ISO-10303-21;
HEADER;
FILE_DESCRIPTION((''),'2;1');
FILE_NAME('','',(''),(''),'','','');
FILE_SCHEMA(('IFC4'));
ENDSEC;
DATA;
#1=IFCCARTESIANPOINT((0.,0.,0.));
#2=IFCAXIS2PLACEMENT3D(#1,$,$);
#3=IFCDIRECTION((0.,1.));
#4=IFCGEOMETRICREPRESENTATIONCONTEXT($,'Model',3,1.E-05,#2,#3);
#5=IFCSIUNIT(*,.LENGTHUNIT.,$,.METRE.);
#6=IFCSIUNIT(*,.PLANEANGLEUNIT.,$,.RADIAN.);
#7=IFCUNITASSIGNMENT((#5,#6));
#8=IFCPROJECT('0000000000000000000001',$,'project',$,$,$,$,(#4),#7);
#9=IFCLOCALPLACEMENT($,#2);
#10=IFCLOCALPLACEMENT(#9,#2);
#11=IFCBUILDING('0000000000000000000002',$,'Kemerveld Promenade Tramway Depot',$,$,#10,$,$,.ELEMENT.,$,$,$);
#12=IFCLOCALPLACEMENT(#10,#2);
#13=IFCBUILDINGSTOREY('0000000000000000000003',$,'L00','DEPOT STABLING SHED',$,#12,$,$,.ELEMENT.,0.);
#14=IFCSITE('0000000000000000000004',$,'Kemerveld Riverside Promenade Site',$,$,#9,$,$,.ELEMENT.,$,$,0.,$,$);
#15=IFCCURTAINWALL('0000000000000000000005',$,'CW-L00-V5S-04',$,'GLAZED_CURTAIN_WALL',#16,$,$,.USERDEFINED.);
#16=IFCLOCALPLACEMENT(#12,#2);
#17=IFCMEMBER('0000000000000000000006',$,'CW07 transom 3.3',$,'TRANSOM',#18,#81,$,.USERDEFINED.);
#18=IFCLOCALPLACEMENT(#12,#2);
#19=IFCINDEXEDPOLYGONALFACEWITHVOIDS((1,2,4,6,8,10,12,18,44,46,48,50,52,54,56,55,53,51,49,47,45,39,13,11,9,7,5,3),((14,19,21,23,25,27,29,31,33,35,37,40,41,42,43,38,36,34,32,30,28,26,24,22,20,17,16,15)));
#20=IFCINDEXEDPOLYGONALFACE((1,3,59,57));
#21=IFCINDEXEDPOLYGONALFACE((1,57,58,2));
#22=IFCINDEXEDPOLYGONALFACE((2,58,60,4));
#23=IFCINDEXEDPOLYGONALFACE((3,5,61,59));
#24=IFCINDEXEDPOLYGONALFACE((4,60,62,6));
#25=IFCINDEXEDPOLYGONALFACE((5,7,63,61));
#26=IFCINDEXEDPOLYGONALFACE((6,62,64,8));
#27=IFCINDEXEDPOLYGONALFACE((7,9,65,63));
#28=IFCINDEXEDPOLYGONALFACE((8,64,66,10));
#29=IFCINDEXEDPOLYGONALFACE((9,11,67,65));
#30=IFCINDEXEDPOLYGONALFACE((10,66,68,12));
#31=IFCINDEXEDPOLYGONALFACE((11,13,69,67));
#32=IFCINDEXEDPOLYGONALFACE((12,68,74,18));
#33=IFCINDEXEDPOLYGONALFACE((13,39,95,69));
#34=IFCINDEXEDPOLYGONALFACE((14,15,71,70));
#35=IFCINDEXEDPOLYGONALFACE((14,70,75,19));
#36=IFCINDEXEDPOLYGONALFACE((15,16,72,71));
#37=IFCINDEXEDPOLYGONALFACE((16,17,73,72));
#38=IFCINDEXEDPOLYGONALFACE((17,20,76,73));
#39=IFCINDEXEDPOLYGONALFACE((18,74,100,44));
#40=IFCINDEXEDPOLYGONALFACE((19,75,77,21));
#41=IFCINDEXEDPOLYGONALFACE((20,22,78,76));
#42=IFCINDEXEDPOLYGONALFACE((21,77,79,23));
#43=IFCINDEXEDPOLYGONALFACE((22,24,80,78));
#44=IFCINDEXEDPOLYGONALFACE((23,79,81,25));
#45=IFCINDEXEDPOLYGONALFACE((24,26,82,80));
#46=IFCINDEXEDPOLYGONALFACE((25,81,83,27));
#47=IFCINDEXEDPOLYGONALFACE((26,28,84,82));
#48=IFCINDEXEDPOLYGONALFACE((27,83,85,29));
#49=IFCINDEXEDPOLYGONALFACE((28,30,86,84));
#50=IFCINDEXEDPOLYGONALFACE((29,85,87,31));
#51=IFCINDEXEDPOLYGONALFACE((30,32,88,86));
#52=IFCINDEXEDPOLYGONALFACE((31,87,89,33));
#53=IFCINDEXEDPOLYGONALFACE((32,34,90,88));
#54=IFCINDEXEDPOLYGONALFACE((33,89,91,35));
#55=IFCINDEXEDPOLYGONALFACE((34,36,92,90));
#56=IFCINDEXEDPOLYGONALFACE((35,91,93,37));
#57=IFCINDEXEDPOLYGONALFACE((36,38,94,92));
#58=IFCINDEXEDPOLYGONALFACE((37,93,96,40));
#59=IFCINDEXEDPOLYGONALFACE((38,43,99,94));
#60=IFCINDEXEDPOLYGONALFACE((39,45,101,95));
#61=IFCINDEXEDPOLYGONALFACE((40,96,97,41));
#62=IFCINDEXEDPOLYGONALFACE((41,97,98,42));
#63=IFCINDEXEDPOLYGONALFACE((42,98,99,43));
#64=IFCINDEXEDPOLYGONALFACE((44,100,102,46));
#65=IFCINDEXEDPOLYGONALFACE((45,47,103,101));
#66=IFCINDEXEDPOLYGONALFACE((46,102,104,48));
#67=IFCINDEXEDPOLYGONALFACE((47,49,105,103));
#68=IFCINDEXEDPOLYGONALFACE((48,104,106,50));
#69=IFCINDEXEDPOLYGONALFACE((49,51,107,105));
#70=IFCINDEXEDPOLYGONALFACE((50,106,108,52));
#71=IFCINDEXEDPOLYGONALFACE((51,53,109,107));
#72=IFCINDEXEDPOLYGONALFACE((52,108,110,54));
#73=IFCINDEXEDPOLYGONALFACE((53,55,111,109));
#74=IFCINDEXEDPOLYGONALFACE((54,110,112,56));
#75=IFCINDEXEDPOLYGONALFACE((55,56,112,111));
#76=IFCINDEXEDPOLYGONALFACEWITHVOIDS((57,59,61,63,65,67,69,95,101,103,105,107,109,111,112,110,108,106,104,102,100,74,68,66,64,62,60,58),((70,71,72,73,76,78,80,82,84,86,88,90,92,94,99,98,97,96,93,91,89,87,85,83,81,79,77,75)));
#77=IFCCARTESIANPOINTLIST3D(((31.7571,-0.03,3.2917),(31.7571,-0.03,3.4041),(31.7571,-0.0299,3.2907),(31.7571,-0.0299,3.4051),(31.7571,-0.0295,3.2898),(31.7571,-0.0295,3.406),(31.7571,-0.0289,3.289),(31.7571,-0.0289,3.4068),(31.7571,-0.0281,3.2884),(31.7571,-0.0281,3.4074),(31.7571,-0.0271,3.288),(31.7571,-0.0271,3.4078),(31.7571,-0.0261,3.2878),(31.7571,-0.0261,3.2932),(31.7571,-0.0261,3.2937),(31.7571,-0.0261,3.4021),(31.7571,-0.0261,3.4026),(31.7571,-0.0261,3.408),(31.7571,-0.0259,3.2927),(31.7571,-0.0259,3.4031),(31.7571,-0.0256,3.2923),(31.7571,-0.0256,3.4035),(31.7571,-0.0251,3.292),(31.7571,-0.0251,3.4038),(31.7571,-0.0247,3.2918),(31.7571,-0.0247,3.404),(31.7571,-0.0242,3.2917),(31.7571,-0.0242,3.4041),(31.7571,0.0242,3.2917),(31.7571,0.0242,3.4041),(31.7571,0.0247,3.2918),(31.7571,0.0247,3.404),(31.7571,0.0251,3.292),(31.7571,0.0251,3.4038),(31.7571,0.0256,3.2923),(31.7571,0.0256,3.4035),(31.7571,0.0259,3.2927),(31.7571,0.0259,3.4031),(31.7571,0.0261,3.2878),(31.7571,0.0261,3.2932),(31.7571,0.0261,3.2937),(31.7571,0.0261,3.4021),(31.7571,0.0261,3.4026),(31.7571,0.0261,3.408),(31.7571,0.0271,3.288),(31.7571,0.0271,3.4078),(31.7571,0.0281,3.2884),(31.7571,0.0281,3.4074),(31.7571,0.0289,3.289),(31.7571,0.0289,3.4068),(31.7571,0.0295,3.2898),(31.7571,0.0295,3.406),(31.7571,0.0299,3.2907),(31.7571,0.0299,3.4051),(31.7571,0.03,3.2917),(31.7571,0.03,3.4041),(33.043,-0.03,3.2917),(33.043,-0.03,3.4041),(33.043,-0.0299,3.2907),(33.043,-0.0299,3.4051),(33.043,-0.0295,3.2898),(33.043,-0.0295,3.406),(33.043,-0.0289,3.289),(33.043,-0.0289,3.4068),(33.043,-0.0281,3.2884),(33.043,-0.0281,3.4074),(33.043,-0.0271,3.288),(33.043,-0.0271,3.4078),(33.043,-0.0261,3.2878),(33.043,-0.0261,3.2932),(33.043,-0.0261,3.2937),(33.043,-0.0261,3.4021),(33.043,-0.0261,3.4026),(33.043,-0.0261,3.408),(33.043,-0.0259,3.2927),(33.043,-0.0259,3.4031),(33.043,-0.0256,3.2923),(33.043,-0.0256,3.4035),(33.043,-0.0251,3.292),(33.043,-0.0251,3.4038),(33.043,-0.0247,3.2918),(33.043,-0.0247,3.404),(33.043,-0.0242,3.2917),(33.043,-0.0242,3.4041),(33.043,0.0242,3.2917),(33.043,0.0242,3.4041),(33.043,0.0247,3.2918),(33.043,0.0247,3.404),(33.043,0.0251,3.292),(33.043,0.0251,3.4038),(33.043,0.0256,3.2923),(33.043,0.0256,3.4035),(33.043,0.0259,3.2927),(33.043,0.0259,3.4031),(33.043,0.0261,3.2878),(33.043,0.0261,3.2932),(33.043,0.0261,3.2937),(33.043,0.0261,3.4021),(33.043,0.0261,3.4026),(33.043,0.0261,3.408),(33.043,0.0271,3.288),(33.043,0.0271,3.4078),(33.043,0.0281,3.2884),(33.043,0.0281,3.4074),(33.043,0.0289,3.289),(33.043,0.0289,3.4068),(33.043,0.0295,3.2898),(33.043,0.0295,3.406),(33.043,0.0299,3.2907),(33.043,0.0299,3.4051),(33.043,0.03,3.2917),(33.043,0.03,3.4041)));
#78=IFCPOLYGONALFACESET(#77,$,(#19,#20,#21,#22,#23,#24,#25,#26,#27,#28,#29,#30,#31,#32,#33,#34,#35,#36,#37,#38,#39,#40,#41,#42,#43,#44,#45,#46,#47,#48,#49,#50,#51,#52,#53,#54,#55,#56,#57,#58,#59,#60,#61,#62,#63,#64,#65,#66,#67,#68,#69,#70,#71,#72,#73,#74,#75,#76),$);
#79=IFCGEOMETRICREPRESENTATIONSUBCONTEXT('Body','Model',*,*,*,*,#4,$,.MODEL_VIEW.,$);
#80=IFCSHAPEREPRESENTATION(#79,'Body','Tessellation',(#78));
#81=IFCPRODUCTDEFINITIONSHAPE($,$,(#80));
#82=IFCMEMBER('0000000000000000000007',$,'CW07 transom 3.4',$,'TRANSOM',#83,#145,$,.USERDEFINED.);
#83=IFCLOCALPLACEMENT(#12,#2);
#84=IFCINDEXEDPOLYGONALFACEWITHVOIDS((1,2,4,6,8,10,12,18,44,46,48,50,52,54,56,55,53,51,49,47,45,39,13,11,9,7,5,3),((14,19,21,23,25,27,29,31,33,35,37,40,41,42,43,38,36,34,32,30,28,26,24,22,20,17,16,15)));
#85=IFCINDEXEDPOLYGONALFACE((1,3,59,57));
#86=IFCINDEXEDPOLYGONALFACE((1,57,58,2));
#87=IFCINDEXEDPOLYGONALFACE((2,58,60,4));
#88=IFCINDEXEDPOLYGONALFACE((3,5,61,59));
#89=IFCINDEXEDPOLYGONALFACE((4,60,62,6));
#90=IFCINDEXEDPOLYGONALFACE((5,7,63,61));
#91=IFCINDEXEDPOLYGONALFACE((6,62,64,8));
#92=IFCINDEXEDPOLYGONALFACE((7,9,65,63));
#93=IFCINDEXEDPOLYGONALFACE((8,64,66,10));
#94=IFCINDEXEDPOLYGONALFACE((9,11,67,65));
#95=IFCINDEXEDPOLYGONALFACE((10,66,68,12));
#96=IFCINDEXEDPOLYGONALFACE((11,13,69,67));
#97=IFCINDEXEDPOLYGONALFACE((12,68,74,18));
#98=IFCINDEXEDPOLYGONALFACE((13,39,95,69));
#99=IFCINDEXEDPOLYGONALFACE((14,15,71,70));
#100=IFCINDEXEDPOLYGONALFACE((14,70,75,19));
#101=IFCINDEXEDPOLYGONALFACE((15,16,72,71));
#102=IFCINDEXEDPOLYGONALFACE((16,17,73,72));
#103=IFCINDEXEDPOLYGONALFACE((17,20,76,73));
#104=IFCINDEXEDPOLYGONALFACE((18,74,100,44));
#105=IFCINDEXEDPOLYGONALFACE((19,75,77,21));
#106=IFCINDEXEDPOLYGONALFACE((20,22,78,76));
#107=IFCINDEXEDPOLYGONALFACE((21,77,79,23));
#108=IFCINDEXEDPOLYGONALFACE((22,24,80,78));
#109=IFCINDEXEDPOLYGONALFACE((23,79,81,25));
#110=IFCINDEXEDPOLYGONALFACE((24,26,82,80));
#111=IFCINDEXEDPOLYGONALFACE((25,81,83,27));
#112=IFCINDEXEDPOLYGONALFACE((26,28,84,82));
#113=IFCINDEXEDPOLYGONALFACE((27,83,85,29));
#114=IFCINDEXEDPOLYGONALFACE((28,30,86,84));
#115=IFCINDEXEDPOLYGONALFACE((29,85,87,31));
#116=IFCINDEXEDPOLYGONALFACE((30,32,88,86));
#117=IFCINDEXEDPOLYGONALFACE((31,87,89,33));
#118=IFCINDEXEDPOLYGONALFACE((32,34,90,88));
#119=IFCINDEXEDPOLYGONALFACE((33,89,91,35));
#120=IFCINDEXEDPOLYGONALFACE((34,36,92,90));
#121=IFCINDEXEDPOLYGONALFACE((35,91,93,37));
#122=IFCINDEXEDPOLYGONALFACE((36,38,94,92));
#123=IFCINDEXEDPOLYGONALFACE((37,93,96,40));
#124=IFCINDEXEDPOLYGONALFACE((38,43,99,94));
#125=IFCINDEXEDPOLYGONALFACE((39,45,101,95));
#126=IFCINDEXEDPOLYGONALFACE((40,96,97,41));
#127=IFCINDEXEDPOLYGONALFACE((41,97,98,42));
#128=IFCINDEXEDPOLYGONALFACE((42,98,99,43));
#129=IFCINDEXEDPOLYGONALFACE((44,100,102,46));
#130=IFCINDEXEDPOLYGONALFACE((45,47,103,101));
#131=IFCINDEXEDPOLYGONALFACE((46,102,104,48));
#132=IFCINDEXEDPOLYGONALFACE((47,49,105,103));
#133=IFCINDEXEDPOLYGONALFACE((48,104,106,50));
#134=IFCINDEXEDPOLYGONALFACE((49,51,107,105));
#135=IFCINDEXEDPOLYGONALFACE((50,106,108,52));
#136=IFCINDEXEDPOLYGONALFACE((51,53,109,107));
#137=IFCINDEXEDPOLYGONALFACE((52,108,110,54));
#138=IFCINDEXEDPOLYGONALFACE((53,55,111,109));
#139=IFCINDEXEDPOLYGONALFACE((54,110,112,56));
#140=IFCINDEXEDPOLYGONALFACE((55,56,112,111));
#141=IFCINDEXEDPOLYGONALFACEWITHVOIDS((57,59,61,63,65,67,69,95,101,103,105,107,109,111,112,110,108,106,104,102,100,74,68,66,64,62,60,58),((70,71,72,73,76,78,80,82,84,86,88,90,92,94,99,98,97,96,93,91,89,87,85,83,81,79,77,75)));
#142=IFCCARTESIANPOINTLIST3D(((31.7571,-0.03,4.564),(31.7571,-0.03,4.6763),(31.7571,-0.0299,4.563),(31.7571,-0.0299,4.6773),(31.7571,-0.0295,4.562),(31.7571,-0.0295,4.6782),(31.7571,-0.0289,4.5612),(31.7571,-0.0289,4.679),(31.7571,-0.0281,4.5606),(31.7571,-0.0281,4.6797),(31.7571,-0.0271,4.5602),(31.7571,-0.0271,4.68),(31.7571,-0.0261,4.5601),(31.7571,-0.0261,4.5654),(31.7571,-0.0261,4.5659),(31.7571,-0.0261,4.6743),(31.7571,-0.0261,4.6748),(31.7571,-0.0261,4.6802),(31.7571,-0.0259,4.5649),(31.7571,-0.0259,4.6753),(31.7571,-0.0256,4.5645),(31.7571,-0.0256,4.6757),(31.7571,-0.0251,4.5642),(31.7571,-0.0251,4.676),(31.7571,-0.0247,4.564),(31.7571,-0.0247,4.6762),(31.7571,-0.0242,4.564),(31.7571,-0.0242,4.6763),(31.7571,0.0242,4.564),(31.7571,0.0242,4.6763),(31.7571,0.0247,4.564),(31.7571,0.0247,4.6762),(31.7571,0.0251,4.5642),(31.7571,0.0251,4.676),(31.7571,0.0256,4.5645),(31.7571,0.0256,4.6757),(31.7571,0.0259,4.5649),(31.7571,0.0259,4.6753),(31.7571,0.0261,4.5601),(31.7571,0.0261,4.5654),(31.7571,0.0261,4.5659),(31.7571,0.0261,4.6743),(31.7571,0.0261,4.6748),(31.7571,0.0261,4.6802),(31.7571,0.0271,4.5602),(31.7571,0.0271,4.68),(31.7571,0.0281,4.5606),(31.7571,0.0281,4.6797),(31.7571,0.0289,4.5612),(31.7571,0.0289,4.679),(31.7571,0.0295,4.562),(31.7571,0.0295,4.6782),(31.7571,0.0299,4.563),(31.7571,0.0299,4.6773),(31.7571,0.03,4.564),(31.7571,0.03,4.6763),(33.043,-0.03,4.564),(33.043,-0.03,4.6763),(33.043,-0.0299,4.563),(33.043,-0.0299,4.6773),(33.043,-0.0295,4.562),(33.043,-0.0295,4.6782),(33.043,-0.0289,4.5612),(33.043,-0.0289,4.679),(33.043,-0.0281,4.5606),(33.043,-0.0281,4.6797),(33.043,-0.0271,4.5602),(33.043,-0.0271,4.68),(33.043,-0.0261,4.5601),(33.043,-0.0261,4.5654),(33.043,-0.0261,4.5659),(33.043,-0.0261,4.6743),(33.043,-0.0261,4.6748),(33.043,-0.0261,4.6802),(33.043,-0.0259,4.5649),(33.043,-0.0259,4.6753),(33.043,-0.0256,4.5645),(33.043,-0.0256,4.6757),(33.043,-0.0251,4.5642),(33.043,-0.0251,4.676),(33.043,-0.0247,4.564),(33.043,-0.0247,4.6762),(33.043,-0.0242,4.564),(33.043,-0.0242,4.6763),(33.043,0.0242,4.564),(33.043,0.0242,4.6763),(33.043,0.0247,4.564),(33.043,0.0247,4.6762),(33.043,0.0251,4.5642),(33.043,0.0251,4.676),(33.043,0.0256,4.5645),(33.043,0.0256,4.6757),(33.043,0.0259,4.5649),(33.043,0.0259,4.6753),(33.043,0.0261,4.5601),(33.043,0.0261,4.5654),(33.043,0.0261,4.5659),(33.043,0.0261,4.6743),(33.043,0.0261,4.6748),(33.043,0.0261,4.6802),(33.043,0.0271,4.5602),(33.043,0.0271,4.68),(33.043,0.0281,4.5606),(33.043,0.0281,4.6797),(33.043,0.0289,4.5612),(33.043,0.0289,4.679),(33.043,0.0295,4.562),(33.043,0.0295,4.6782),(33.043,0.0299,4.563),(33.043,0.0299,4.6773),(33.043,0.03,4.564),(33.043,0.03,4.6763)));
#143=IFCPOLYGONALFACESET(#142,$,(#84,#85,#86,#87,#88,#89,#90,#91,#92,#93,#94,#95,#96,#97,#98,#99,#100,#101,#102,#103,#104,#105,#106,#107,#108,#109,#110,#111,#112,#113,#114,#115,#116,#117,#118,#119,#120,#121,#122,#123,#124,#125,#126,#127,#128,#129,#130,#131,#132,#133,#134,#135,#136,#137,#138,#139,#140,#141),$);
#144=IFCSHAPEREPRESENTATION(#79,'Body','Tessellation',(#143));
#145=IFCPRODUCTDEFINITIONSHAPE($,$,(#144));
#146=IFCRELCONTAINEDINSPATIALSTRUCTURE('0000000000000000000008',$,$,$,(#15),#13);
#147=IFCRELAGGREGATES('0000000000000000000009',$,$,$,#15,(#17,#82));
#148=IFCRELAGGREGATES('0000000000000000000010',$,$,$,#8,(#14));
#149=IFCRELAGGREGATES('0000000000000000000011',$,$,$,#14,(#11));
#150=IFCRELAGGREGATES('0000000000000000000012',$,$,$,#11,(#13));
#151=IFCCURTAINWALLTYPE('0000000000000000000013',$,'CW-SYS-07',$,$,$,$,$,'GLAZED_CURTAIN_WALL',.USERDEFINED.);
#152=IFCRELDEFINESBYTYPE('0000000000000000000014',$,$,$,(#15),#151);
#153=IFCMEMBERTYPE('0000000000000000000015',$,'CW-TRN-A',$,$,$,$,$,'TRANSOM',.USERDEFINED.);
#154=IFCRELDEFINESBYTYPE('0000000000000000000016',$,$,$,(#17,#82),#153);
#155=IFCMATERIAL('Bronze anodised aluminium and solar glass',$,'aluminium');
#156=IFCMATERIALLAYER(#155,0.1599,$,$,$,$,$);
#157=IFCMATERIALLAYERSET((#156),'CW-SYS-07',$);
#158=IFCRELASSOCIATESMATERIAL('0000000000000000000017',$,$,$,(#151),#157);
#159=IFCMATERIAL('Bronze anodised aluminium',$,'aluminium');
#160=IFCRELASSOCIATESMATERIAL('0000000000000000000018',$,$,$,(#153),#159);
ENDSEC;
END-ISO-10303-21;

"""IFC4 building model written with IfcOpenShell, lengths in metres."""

from ifc_helpers import new_model, si_unit, direction, frame, origin, origin_2d, place, context, subcontext, project, spatial, hollow_rectangle, extrude, material, layer, layer_set, material_profile, profile_set, type_object, element, aggregate, save


model = new_model("IFC4")

# Units and contexts
model_context = context("Model", 3, precision=1e-05, world=origin(), true_north=direction((0.0, 1.0)))
body_context = subcontext(model_context, "Body", "Model", "MODEL_VIEW")
ifc_project = project(units=[si_unit("LENGTHUNIT", "METRE"), si_unit("PLANEANGLEUNIT", "RADIAN")], contexts=[model_context])

# Site, building, storey
site_placement = place(None, origin())
site = spatial("IfcSite", under=ifc_project, at=site_placement, Name="Kemerveld Riverside Promenade Site", CompositionType="ELEMENT", RefElevation=0.0)
building_placement = place(site_placement, origin())
building = spatial("IfcBuilding", under=site, at=building_placement, Name="Kemerveld Promenade Tramway Depot", CompositionType="ELEMENT")
storey_placement = place(building_placement, origin())
storey = spatial("IfcBuildingStorey", under=building, at=storey_placement, Name="L00", Description="DEPOT STABLING SHED", CompositionType="ELEMENT", Elevation=0.0)

# Curtain wall, members
ifc_material_1 = material(Name="Bronze anodised aluminium and solar glass", Category="aluminium")
ifc_layer_1 = layer(ifc_material_1, 0.1599)
ifc_layer_set_1 = layer_set([ifc_layer_1], Name="CW-SYS-07")
curtain_wall_type = type_object("IfcCurtainWallType", Name="CW-SYS-07", ElementType="GLAZED_CURTAIN_WALL", PredefinedType="USERDEFINED", material=ifc_layer_set_1)
curtain_wall_placement = place(storey_placement, origin())
curtain_wall = element("IfcCurtainWall", 1, at=curtain_wall_placement, inside=storey, type_object=curtain_wall_type, Name="CW-L00-V5S-04", ObjectType="GLAZED_CURTAIN_WALL", PredefinedType="USERDEFINED")
ifc_material_2 = material(Name="Bronze anodised aluminium", Category="aluminium")
ifc_material_profile_1 = material_profile(ifc_material_2, hollow_rectangle(XDim=0.0601, YDim=0.1201, WallThickness=0.0039, InnerFilletRadius=0.002, OuterFilletRadius=0.0039, at=origin_2d()), Name="CW-TRN-120x60")
ifc_profile_set_1 = profile_set([ifc_material_profile_1], Name="Bronze anodised aluminium")
member_type_1 = type_object("IfcMemberType", Name="CW-TRN-A", ElementType="TRANSOM", PredefinedType="USERDEFINED", material=ifc_profile_set_1)
member_1_placement = place(storey_placement, frame((33.043, 0.0, 3.3479), z_axis=(-1.0, 0.0, 0.0), x_axis=(0.0, -1.0, 0.0)))
member_1 = element("IfcMember", 2, at=member_1_placement, type_object=member_type_1, Name="CW07 transom 3.3", ObjectType="TRANSOM", PredefinedType="USERDEFINED", context=body_context, shape_type="SweptSolid", body=[
    extrude(hollow_rectangle(XDim=0.0601, YDim=0.1201, WallThickness=0.0039, InnerFilletRadius=0.002, OuterFilletRadius=0.0039, at=origin_2d()), origin(), (0.0, 0.0, 1.0), 1.2859),
])
member_2_placement = place(storey_placement, frame((33.043, 0.0, 4.6201), z_axis=(-1.0, 0.0, 0.0), x_axis=(0.0, -1.0, 0.0)))
member_2 = element("IfcMember", 3, at=member_2_placement, type_object=member_type_1, Name="CW07 transom 3.4", ObjectType="TRANSOM", PredefinedType="USERDEFINED", context=body_context, shape_type="SweptSolid", body=[
    extrude(hollow_rectangle(XDim=0.0601, YDim=0.1201, WallThickness=0.0039, InnerFilletRadius=0.002, OuterFilletRadius=0.0039, at=origin_2d()), origin(), (0.0, 0.0, 1.0), 1.2859),
])
aggregate(curtain_wall, [member_1, member_2])

save(model, "model.ifc")
